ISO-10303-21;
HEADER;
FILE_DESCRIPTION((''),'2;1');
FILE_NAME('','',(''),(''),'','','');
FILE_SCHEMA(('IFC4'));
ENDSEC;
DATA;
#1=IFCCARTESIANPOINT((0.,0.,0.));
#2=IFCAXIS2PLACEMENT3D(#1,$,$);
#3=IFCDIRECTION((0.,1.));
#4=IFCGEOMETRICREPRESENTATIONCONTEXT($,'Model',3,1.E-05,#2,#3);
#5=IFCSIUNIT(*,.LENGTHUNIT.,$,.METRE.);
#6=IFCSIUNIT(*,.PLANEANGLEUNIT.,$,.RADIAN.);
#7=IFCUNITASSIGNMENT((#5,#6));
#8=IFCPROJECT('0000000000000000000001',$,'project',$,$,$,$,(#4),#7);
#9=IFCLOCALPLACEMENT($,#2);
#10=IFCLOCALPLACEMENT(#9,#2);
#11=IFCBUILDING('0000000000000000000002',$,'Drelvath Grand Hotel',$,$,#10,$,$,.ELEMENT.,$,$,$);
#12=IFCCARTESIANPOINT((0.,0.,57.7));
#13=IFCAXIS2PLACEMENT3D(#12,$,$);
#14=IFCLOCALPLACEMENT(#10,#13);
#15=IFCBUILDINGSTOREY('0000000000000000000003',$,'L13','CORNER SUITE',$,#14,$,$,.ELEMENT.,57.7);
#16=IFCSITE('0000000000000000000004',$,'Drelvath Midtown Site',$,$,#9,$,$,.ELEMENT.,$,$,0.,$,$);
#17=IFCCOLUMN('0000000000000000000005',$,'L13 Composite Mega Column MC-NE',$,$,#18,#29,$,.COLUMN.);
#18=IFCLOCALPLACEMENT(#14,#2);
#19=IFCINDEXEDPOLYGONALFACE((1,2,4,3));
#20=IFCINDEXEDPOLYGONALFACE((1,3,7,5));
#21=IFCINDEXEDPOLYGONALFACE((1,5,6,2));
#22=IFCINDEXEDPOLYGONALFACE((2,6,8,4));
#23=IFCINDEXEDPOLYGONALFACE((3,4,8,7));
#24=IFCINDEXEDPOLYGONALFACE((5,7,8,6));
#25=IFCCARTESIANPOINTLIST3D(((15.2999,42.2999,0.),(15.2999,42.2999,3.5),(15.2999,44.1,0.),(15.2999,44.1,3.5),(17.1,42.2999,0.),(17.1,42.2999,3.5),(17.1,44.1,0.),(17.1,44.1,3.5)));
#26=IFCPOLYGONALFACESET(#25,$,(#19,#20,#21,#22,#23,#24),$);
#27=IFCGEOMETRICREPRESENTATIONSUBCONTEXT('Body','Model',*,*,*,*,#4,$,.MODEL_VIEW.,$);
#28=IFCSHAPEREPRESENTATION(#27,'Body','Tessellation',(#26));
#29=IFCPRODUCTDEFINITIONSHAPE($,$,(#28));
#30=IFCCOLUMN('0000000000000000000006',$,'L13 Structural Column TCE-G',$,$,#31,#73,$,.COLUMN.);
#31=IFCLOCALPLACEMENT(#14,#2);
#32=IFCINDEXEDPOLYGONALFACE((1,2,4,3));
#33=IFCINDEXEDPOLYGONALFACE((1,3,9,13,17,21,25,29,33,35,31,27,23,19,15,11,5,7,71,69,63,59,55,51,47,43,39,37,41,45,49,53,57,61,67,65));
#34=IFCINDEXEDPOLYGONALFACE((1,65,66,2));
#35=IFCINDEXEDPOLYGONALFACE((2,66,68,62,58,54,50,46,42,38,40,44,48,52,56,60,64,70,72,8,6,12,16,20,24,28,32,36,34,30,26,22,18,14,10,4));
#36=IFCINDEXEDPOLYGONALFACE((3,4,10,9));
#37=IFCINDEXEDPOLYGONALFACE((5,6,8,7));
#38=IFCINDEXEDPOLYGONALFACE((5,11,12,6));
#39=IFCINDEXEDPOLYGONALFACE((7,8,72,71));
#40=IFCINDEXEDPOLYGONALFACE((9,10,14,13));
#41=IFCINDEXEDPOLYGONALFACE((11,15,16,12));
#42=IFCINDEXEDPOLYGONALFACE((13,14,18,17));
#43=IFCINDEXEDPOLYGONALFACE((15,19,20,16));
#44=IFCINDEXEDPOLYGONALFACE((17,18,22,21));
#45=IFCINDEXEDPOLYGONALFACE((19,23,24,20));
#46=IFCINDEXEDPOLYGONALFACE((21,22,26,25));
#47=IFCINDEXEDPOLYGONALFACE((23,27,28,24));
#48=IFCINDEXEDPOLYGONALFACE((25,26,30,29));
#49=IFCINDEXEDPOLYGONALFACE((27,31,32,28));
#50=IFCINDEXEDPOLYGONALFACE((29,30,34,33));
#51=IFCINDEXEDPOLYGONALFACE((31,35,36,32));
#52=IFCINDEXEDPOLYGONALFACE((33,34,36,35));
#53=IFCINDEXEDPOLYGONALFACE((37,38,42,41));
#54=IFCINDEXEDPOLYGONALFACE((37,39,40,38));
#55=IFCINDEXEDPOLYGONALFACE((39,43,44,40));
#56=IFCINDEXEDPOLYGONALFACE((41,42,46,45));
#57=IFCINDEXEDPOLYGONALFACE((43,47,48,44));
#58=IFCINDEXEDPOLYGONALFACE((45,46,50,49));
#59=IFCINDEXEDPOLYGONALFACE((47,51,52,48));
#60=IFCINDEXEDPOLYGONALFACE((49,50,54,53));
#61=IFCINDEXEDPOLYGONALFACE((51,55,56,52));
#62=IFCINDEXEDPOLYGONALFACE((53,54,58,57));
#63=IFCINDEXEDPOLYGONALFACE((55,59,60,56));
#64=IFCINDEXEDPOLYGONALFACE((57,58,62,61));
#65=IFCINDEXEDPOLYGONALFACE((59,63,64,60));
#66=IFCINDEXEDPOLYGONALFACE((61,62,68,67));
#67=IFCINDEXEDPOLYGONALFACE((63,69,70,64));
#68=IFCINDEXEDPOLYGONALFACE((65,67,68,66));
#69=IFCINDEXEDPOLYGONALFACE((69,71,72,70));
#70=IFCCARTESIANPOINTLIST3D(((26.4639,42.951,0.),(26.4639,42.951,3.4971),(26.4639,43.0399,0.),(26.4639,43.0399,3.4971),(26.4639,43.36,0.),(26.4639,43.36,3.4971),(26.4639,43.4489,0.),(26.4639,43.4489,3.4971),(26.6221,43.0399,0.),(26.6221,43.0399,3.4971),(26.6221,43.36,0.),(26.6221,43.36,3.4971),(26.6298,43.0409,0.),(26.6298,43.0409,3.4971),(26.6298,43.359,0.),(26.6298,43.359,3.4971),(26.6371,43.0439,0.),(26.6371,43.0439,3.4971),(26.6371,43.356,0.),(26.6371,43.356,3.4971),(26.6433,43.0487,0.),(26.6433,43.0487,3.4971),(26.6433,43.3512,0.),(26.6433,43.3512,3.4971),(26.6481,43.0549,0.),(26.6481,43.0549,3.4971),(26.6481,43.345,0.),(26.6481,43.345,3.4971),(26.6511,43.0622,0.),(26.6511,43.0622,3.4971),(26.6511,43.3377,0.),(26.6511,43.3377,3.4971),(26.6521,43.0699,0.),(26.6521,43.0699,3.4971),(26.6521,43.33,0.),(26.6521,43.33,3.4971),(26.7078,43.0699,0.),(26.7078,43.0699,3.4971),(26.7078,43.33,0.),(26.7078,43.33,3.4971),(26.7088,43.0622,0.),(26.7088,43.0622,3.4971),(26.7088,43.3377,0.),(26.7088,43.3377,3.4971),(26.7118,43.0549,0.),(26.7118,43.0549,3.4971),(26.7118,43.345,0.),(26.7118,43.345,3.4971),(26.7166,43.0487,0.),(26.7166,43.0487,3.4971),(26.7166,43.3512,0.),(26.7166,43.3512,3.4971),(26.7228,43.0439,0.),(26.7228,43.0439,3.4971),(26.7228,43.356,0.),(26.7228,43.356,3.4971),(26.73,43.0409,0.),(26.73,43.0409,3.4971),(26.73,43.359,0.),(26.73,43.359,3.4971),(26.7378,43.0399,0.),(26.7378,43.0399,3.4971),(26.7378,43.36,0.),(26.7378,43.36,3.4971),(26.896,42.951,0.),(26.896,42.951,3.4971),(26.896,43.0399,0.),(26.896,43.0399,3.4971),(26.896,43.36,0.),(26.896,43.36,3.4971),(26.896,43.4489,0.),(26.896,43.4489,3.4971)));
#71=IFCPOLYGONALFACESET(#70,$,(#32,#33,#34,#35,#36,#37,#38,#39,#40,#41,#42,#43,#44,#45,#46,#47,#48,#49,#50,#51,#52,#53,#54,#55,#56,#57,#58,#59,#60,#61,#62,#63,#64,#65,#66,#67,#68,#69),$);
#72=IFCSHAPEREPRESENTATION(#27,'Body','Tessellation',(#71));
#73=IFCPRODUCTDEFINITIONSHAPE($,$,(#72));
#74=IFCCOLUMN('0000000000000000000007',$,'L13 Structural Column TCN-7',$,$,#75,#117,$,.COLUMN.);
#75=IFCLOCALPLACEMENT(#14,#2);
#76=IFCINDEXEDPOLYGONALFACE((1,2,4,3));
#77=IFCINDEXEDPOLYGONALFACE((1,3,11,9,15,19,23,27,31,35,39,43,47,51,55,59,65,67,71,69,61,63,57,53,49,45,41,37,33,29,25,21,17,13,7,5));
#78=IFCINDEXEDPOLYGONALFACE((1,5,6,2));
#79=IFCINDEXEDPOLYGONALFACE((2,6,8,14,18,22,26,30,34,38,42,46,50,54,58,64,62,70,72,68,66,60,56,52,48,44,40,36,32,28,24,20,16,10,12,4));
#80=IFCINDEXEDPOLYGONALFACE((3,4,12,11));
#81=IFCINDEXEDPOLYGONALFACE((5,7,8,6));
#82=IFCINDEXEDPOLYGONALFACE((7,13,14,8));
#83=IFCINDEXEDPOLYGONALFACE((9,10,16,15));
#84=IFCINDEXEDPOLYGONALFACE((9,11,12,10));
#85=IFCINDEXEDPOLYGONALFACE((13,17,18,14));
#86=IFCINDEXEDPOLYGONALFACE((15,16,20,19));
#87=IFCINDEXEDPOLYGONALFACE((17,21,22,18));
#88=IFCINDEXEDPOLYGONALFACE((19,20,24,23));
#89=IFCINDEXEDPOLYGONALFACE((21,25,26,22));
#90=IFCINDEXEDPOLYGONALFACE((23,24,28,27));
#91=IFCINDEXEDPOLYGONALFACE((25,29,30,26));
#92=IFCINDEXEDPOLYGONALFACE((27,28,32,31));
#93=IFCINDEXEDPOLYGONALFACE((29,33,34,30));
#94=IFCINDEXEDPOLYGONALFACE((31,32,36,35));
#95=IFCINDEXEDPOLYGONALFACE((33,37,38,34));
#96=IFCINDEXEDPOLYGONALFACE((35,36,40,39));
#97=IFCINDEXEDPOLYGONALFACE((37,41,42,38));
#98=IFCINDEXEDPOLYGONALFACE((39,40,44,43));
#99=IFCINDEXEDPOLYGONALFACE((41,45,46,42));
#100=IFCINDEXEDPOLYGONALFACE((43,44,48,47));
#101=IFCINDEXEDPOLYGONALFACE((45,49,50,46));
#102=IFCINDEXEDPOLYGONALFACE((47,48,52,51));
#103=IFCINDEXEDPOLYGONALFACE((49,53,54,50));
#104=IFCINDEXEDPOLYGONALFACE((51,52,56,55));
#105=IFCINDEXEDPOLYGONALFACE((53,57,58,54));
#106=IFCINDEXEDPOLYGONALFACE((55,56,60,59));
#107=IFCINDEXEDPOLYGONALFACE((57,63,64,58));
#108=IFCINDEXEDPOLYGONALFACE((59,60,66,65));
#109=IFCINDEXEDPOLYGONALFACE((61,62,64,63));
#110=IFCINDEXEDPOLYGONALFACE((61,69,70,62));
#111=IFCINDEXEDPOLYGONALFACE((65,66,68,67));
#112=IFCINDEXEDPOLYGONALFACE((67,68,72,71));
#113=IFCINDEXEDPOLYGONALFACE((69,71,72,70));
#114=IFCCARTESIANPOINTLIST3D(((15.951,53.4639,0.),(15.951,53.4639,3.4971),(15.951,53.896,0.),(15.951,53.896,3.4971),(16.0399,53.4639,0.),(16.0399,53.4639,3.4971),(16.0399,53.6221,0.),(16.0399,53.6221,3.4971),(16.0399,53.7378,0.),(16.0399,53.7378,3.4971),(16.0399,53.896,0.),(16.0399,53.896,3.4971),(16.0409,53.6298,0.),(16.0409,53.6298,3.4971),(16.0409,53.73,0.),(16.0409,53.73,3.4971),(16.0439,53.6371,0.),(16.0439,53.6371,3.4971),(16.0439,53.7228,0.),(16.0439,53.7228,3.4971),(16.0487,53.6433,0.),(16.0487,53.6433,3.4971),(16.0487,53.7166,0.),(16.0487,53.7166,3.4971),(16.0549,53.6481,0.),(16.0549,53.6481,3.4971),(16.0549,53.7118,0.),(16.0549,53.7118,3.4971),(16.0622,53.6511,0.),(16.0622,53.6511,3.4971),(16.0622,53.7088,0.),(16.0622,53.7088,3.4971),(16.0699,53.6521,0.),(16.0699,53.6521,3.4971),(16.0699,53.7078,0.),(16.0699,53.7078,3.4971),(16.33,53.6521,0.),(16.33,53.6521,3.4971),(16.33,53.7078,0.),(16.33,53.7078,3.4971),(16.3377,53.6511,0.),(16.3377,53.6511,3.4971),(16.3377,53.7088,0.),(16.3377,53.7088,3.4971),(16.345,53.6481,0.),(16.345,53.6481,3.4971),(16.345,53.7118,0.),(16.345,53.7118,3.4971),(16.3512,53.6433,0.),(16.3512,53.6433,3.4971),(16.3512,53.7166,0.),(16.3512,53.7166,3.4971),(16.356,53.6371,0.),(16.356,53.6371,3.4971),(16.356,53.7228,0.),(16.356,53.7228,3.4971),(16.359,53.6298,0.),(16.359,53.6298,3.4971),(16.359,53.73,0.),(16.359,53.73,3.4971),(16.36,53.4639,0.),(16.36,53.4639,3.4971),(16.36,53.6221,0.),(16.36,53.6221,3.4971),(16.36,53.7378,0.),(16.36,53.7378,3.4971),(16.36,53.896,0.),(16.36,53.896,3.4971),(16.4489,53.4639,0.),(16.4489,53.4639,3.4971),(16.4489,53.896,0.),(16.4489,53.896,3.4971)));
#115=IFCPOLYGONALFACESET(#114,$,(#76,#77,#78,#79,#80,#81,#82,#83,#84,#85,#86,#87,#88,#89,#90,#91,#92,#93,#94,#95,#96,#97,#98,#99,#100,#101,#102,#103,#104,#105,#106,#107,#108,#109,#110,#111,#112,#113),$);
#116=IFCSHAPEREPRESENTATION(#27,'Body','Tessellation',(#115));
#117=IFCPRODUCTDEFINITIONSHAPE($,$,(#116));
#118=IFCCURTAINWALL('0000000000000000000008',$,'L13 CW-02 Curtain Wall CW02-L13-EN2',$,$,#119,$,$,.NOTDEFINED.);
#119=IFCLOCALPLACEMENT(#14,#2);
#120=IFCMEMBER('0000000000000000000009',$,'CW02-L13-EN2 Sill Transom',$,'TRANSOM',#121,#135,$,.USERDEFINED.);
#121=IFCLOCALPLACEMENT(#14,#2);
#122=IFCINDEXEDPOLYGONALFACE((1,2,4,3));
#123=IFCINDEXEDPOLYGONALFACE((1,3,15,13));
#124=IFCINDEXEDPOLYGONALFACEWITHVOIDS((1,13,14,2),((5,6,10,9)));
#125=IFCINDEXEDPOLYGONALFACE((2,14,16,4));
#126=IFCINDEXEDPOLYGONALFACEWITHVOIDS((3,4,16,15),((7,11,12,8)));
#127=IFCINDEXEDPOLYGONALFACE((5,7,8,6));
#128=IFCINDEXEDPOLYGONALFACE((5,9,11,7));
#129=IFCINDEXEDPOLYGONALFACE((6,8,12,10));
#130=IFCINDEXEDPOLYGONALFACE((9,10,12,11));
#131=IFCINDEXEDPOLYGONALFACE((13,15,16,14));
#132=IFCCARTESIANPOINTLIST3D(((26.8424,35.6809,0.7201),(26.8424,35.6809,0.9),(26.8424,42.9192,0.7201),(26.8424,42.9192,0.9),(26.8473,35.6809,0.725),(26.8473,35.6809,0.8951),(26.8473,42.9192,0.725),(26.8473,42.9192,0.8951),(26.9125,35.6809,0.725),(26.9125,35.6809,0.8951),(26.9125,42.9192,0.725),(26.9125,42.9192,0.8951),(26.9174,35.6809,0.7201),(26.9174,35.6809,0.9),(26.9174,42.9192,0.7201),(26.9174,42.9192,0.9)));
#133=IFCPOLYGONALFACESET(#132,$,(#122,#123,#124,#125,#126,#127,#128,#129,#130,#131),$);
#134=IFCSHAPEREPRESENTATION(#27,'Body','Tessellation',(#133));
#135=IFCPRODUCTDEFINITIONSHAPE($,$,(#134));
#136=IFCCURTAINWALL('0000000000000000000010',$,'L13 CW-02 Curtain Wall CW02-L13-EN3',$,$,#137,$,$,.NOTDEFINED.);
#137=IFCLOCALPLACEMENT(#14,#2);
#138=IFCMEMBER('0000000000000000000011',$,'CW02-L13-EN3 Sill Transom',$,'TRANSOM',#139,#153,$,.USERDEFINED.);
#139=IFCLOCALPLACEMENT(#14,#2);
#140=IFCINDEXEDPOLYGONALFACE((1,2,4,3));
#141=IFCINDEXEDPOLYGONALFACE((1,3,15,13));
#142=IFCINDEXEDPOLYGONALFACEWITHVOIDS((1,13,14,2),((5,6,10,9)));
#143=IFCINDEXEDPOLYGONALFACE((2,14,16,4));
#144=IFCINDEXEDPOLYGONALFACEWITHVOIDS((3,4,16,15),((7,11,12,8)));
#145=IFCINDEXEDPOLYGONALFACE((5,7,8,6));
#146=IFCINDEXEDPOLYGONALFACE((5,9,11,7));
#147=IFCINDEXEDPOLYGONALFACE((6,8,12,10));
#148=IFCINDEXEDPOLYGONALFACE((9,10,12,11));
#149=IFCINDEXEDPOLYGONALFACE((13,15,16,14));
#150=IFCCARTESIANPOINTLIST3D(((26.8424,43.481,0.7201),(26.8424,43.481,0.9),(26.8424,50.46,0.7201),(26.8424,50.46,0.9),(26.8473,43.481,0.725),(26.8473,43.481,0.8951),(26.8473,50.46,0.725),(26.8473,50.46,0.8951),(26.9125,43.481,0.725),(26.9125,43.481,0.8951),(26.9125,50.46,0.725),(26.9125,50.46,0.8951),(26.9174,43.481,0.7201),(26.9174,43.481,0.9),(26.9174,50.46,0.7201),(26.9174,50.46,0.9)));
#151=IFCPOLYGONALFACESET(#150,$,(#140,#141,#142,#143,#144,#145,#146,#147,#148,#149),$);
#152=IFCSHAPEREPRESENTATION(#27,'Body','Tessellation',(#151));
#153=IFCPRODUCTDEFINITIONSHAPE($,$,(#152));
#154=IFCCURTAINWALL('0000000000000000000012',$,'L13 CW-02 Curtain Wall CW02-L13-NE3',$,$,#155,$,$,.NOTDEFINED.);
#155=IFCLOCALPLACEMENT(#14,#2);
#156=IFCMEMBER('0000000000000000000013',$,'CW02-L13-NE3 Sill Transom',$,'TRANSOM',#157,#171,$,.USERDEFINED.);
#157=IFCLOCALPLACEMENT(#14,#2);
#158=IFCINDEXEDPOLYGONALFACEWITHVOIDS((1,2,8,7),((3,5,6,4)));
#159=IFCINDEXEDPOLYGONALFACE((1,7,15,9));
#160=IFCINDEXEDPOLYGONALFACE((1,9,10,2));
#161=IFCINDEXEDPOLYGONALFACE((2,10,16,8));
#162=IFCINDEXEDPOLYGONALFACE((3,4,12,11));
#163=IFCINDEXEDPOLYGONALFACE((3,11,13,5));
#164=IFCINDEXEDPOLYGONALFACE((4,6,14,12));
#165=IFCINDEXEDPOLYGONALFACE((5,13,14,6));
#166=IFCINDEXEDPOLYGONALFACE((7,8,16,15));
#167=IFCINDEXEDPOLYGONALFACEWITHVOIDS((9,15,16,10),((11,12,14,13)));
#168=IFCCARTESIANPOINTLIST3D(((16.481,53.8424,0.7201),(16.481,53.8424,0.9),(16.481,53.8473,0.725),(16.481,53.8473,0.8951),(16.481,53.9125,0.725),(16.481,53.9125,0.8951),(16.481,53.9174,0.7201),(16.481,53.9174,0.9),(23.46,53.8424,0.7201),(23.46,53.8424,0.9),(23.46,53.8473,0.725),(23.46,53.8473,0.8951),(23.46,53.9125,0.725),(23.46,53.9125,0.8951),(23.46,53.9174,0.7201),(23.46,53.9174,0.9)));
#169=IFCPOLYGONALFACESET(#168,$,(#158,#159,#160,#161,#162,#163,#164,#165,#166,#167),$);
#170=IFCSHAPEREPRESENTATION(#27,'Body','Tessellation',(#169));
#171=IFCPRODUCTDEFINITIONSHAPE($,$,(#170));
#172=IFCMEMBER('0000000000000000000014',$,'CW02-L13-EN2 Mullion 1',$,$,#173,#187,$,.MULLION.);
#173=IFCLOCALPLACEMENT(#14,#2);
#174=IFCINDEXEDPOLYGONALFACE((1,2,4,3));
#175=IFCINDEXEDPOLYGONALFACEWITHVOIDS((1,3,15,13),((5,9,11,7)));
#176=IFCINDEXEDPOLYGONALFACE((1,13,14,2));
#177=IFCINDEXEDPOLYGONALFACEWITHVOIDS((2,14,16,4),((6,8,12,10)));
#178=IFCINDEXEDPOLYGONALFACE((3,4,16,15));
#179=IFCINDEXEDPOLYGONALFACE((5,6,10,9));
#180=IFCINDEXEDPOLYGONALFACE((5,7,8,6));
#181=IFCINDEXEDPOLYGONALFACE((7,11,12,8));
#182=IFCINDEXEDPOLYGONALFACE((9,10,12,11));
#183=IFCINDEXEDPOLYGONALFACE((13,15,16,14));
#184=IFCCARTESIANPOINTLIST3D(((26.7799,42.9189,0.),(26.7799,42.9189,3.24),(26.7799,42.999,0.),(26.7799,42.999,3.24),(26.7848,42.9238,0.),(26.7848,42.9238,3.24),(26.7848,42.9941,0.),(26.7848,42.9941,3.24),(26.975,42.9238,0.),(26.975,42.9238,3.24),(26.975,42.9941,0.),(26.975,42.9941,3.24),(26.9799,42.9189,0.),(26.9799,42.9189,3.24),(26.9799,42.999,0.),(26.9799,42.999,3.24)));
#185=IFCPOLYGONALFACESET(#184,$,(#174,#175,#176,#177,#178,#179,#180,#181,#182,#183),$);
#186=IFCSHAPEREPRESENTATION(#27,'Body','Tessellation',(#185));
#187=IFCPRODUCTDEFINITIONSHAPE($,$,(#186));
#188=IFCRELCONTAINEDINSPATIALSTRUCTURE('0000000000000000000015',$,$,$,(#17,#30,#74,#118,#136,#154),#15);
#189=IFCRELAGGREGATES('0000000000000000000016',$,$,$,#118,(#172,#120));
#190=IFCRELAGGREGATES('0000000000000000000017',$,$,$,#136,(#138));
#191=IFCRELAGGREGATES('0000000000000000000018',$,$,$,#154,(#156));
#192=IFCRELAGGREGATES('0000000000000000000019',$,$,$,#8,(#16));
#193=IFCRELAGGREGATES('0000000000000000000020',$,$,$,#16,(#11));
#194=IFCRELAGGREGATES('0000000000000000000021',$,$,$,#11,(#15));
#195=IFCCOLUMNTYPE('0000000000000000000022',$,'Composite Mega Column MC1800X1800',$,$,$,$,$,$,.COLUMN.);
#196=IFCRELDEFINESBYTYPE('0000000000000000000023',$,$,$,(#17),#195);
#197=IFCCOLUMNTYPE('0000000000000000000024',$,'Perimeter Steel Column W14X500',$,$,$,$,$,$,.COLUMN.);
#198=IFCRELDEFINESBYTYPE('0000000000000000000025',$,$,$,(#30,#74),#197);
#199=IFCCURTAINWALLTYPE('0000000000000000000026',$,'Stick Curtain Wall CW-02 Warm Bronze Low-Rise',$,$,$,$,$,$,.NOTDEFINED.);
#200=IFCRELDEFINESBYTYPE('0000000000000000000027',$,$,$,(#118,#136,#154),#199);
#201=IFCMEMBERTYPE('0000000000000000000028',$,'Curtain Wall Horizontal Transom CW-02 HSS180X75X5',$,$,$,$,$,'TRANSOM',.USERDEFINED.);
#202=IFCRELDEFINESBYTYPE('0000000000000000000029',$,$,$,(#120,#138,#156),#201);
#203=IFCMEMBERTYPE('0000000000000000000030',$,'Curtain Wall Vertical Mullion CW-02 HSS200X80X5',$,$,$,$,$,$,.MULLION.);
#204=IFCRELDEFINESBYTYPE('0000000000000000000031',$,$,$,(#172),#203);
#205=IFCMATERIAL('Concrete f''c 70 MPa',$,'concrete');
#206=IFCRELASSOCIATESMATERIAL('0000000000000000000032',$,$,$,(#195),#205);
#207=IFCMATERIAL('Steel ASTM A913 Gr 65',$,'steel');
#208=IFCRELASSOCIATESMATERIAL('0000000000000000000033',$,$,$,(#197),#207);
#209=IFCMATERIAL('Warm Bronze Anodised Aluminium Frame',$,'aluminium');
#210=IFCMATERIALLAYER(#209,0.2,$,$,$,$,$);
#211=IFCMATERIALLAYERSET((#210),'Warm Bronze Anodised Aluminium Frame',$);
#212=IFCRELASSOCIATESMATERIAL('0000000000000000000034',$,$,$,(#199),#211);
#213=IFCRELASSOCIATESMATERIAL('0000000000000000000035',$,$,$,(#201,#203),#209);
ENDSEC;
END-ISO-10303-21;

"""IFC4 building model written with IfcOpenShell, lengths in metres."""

from ifc_helpers import new_model, si_unit, direction, frame, origin, origin_2d, place, context, subcontext, project, spatial, rectangle, hollow_rectangle, i_section, extrude, material, layer, layer_set, material_profile, profile_set, type_object, element, aggregate, save


model = new_model("IFC4")

# Units and contexts
model_context = context("Model", 3, precision=1e-05, world=origin(), true_north=direction((0.0, 1.0)))
body_context = subcontext(model_context, "Body", "Model", "MODEL_VIEW")
ifc_project = project(units=[si_unit("LENGTHUNIT", "METRE"), si_unit("PLANEANGLEUNIT", "RADIAN")], contexts=[model_context])

# Site, building, storey
site_placement = place(None, origin())
site = spatial("IfcSite", under=ifc_project, at=site_placement, Name="Drelvath Midtown Site", CompositionType="ELEMENT", RefElevation=0.0)
building_placement = place(site_placement, origin())
building = spatial("IfcBuilding", under=site, at=building_placement, Name="Drelvath Grand Hotel", CompositionType="ELEMENT")
storey_placement = place(building_placement, frame((0.0, 0.0, 57.7)))
storey = spatial("IfcBuildingStorey", under=building, at=storey_placement, Name="L13", Description="CORNER SUITE", CompositionType="ELEMENT", Elevation=57.7)

# Columns
ifc_material_1 = material(Name="Concrete f'c 70 MPa", Category="concrete")
ifc_material_profile_1 = material_profile(ifc_material_1, rectangle(XDim=1.8, YDim=1.8, at=origin_2d()), Name="MC1800X1800")
ifc_profile_set_1 = profile_set([ifc_material_profile_1], Name="Concrete f'c 70 MPa")
column_type_1 = type_object("IfcColumnType", Name="Composite Mega Column MC1800X1800", PredefinedType="COLUMN", material=ifc_profile_set_1)
column_placement = place(storey_placement, frame((16.2, 43.2, 0.0), z_axis=(0.0, 0.0, 1.0), x_axis=(1.0, 0.0, 0.0)))
element("IfcColumn", 1, at=column_placement, inside=storey, type_object=column_type_1, Name="L13 Composite Mega Column MC-NE", PredefinedType="COLUMN", context=body_context, shape_type="SweptSolid", body=[
    extrude(rectangle(XDim=1.8, YDim=1.8, at=origin_2d()), origin(), (0.0, 0.0, 1.0), 3.5),
])
ifc_material_2 = material(Name="Steel ASTM A913 Gr 65", Category="steel")
ifc_material_profile_2 = material_profile(ifc_material_2, i_section(OverallWidth=0.4321, OverallDepth=0.4978, WebThickness=0.0557, FlangeThickness=0.0889, FilletRadius=0.03, at=origin_2d()), Name="W14X500")
ifc_profile_set_2 = profile_set([ifc_material_profile_2], Name="Steel ASTM A913 Gr 65")
column_type_2 = type_object("IfcColumnType", Name="Perimeter Steel Column W14X500", PredefinedType="COLUMN", material=ifc_profile_set_2)
for number, where, z_axis, x_axis, name in (
    (2, (26.6799, 43.2, 0.0), (0.0, 0.0, 1.0), (1.0, 0.0, 0.0), "L13 Structural Column TCE-G"),
    (3, (16.2, 53.6799, 0.0), (0.0, 0.0, 1.0), (0.0, 1.0, 0.0), "L13 Structural Column TCN-7"),
):
    element("IfcColumn", number, at=place(storey_placement, frame(where, z_axis=z_axis, x_axis=x_axis)), inside=storey, type_object=column_type_2, Name=name, PredefinedType="COLUMN", context=body_context, shape_type="SweptSolid", body=[
        extrude(i_section(OverallWidth=0.4321, OverallDepth=0.4978, WebThickness=0.0557, FlangeThickness=0.0889, FilletRadius=0.03, at=origin_2d()), origin(), (0.0, 0.0, 1.0), 3.4971),
    ])

# Curtain walls, members
ifc_material_3 = material(Name="Warm Bronze Anodised Aluminium Frame", Category="aluminium")
ifc_layer_1 = layer(ifc_material_3, 0.2)
ifc_layer_set_1 = layer_set([ifc_layer_1], Name="Warm Bronze Anodised Aluminium Frame")
curtain_wall_type = type_object("IfcCurtainWallType", Name="Stick Curtain Wall CW-02 Warm Bronze Low-Rise", PredefinedType="NOTDEFINED", material=ifc_layer_set_1)
curtain_wall_1_placement = place(storey_placement, origin())
curtain_wall_1 = element("IfcCurtainWall", 4, at=curtain_wall_1_placement, inside=storey, type_object=curtain_wall_type, Name="L13 CW-02 Curtain Wall CW02-L13-EN2", PredefinedType="NOTDEFINED")
ifc_material_profile_3 = material_profile(ifc_material_3, hollow_rectangle(XDim=0.075, YDim=0.1799, WallThickness=0.0049, at=origin_2d()), Name="HSS180X75X5")
ifc_profile_set_3 = profile_set([ifc_material_profile_3], Name="Warm Bronze Anodised Aluminium Frame")
member_type_1 = type_object("IfcMemberType", Name="Curtain Wall Horizontal Transom CW-02 HSS180X75X5", ElementType="TRANSOM", PredefinedType="USERDEFINED", material=ifc_profile_set_3)
member_1_placement = place(storey_placement, frame((26.8799, 42.9192, 0.8101), z_axis=(0.0, -1.0, 0.0), x_axis=(1.0, 0.0, 0.0)))
member_1 = element("IfcMember", 5, at=member_1_placement, type_object=member_type_1, Name="CW02-L13-EN2 Sill Transom", ObjectType="TRANSOM", PredefinedType="USERDEFINED", context=body_context, shape_type="SweptSolid", body=[
    extrude(hollow_rectangle(XDim=0.075, YDim=0.1799, WallThickness=0.0049, at=origin_2d()), origin(), (0.0, 0.0, 1.0), 7.2383),
])
curtain_wall_2_placement = place(storey_placement, origin())
curtain_wall_2 = element("IfcCurtainWall", 6, at=curtain_wall_2_placement, inside=storey, type_object=curtain_wall_type, Name="L13 CW-02 Curtain Wall CW02-L13-EN3", PredefinedType="NOTDEFINED")
member_2_placement = place(storey_placement, frame((26.8799, 50.46, 0.8101), z_axis=(0.0, -1.0, 0.0), x_axis=(1.0, 0.0, 0.0)))
member_2 = element("IfcMember", 7, at=member_2_placement, type_object=member_type_1, Name="CW02-L13-EN3 Sill Transom", ObjectType="TRANSOM", PredefinedType="USERDEFINED", context=body_context, shape_type="SweptSolid", body=[
    extrude(hollow_rectangle(XDim=0.075, YDim=0.1799, WallThickness=0.0049, at=origin_2d()), origin(), (0.0, 0.0, 1.0), 6.979),
])
curtain_wall_3_placement = place(storey_placement, origin())
curtain_wall_3 = element("IfcCurtainWall", 8, at=curtain_wall_3_placement, inside=storey, type_object=curtain_wall_type, Name="L13 CW-02 Curtain Wall CW02-L13-NE3", PredefinedType="NOTDEFINED")
member_3_placement = place(storey_placement, frame((16.481, 53.8799, 0.8101), z_axis=(1.0, 0.0, 0.0), x_axis=(0.0, 1.0, 0.0)))
member_3 = element("IfcMember", 9, at=member_3_placement, type_object=member_type_1, Name="CW02-L13-NE3 Sill Transom", ObjectType="TRANSOM", PredefinedType="USERDEFINED", context=body_context, shape_type="SweptSolid", body=[
    extrude(hollow_rectangle(XDim=0.075, YDim=0.1799, WallThickness=0.0049, at=origin_2d()), origin(), (0.0, 0.0, 1.0), 6.979),
])

# Member
ifc_material_profile_4 = material_profile(ifc_material_3, hollow_rectangle(XDim=0.0801, YDim=0.2, WallThickness=0.0049, at=origin_2d()), Name="HSS200X80X5")
ifc_profile_set_4 = profile_set([ifc_material_profile_4], Name="Warm Bronze Anodised Aluminium Frame")
member_type_2 = type_object("IfcMemberType", Name="Curtain Wall Vertical Mullion CW-02 HSS200X80X5", PredefinedType="MULLION", material=ifc_profile_set_4)
member_4_placement = place(storey_placement, frame((26.8799, 42.959, 0.0), z_axis=(0.0, 0.0, 1.0), x_axis=(0.0, 1.0, 0.0)))
member_4 = element("IfcMember", 10, at=member_4_placement, type_object=member_type_2, Name="CW02-L13-EN2 Mullion 1", PredefinedType="MULLION", context=body_context, shape_type="SweptSolid", body=[
    extrude(hollow_rectangle(XDim=0.0801, YDim=0.2, WallThickness=0.0049, at=origin_2d()), origin(), (0.0, 0.0, 1.0), 3.24),
])

aggregate(curtain_wall_1, [member_4, member_1])
aggregate(curtain_wall_2, [member_2])
aggregate(curtain_wall_3, [member_3])

save(model, "model.ifc")
